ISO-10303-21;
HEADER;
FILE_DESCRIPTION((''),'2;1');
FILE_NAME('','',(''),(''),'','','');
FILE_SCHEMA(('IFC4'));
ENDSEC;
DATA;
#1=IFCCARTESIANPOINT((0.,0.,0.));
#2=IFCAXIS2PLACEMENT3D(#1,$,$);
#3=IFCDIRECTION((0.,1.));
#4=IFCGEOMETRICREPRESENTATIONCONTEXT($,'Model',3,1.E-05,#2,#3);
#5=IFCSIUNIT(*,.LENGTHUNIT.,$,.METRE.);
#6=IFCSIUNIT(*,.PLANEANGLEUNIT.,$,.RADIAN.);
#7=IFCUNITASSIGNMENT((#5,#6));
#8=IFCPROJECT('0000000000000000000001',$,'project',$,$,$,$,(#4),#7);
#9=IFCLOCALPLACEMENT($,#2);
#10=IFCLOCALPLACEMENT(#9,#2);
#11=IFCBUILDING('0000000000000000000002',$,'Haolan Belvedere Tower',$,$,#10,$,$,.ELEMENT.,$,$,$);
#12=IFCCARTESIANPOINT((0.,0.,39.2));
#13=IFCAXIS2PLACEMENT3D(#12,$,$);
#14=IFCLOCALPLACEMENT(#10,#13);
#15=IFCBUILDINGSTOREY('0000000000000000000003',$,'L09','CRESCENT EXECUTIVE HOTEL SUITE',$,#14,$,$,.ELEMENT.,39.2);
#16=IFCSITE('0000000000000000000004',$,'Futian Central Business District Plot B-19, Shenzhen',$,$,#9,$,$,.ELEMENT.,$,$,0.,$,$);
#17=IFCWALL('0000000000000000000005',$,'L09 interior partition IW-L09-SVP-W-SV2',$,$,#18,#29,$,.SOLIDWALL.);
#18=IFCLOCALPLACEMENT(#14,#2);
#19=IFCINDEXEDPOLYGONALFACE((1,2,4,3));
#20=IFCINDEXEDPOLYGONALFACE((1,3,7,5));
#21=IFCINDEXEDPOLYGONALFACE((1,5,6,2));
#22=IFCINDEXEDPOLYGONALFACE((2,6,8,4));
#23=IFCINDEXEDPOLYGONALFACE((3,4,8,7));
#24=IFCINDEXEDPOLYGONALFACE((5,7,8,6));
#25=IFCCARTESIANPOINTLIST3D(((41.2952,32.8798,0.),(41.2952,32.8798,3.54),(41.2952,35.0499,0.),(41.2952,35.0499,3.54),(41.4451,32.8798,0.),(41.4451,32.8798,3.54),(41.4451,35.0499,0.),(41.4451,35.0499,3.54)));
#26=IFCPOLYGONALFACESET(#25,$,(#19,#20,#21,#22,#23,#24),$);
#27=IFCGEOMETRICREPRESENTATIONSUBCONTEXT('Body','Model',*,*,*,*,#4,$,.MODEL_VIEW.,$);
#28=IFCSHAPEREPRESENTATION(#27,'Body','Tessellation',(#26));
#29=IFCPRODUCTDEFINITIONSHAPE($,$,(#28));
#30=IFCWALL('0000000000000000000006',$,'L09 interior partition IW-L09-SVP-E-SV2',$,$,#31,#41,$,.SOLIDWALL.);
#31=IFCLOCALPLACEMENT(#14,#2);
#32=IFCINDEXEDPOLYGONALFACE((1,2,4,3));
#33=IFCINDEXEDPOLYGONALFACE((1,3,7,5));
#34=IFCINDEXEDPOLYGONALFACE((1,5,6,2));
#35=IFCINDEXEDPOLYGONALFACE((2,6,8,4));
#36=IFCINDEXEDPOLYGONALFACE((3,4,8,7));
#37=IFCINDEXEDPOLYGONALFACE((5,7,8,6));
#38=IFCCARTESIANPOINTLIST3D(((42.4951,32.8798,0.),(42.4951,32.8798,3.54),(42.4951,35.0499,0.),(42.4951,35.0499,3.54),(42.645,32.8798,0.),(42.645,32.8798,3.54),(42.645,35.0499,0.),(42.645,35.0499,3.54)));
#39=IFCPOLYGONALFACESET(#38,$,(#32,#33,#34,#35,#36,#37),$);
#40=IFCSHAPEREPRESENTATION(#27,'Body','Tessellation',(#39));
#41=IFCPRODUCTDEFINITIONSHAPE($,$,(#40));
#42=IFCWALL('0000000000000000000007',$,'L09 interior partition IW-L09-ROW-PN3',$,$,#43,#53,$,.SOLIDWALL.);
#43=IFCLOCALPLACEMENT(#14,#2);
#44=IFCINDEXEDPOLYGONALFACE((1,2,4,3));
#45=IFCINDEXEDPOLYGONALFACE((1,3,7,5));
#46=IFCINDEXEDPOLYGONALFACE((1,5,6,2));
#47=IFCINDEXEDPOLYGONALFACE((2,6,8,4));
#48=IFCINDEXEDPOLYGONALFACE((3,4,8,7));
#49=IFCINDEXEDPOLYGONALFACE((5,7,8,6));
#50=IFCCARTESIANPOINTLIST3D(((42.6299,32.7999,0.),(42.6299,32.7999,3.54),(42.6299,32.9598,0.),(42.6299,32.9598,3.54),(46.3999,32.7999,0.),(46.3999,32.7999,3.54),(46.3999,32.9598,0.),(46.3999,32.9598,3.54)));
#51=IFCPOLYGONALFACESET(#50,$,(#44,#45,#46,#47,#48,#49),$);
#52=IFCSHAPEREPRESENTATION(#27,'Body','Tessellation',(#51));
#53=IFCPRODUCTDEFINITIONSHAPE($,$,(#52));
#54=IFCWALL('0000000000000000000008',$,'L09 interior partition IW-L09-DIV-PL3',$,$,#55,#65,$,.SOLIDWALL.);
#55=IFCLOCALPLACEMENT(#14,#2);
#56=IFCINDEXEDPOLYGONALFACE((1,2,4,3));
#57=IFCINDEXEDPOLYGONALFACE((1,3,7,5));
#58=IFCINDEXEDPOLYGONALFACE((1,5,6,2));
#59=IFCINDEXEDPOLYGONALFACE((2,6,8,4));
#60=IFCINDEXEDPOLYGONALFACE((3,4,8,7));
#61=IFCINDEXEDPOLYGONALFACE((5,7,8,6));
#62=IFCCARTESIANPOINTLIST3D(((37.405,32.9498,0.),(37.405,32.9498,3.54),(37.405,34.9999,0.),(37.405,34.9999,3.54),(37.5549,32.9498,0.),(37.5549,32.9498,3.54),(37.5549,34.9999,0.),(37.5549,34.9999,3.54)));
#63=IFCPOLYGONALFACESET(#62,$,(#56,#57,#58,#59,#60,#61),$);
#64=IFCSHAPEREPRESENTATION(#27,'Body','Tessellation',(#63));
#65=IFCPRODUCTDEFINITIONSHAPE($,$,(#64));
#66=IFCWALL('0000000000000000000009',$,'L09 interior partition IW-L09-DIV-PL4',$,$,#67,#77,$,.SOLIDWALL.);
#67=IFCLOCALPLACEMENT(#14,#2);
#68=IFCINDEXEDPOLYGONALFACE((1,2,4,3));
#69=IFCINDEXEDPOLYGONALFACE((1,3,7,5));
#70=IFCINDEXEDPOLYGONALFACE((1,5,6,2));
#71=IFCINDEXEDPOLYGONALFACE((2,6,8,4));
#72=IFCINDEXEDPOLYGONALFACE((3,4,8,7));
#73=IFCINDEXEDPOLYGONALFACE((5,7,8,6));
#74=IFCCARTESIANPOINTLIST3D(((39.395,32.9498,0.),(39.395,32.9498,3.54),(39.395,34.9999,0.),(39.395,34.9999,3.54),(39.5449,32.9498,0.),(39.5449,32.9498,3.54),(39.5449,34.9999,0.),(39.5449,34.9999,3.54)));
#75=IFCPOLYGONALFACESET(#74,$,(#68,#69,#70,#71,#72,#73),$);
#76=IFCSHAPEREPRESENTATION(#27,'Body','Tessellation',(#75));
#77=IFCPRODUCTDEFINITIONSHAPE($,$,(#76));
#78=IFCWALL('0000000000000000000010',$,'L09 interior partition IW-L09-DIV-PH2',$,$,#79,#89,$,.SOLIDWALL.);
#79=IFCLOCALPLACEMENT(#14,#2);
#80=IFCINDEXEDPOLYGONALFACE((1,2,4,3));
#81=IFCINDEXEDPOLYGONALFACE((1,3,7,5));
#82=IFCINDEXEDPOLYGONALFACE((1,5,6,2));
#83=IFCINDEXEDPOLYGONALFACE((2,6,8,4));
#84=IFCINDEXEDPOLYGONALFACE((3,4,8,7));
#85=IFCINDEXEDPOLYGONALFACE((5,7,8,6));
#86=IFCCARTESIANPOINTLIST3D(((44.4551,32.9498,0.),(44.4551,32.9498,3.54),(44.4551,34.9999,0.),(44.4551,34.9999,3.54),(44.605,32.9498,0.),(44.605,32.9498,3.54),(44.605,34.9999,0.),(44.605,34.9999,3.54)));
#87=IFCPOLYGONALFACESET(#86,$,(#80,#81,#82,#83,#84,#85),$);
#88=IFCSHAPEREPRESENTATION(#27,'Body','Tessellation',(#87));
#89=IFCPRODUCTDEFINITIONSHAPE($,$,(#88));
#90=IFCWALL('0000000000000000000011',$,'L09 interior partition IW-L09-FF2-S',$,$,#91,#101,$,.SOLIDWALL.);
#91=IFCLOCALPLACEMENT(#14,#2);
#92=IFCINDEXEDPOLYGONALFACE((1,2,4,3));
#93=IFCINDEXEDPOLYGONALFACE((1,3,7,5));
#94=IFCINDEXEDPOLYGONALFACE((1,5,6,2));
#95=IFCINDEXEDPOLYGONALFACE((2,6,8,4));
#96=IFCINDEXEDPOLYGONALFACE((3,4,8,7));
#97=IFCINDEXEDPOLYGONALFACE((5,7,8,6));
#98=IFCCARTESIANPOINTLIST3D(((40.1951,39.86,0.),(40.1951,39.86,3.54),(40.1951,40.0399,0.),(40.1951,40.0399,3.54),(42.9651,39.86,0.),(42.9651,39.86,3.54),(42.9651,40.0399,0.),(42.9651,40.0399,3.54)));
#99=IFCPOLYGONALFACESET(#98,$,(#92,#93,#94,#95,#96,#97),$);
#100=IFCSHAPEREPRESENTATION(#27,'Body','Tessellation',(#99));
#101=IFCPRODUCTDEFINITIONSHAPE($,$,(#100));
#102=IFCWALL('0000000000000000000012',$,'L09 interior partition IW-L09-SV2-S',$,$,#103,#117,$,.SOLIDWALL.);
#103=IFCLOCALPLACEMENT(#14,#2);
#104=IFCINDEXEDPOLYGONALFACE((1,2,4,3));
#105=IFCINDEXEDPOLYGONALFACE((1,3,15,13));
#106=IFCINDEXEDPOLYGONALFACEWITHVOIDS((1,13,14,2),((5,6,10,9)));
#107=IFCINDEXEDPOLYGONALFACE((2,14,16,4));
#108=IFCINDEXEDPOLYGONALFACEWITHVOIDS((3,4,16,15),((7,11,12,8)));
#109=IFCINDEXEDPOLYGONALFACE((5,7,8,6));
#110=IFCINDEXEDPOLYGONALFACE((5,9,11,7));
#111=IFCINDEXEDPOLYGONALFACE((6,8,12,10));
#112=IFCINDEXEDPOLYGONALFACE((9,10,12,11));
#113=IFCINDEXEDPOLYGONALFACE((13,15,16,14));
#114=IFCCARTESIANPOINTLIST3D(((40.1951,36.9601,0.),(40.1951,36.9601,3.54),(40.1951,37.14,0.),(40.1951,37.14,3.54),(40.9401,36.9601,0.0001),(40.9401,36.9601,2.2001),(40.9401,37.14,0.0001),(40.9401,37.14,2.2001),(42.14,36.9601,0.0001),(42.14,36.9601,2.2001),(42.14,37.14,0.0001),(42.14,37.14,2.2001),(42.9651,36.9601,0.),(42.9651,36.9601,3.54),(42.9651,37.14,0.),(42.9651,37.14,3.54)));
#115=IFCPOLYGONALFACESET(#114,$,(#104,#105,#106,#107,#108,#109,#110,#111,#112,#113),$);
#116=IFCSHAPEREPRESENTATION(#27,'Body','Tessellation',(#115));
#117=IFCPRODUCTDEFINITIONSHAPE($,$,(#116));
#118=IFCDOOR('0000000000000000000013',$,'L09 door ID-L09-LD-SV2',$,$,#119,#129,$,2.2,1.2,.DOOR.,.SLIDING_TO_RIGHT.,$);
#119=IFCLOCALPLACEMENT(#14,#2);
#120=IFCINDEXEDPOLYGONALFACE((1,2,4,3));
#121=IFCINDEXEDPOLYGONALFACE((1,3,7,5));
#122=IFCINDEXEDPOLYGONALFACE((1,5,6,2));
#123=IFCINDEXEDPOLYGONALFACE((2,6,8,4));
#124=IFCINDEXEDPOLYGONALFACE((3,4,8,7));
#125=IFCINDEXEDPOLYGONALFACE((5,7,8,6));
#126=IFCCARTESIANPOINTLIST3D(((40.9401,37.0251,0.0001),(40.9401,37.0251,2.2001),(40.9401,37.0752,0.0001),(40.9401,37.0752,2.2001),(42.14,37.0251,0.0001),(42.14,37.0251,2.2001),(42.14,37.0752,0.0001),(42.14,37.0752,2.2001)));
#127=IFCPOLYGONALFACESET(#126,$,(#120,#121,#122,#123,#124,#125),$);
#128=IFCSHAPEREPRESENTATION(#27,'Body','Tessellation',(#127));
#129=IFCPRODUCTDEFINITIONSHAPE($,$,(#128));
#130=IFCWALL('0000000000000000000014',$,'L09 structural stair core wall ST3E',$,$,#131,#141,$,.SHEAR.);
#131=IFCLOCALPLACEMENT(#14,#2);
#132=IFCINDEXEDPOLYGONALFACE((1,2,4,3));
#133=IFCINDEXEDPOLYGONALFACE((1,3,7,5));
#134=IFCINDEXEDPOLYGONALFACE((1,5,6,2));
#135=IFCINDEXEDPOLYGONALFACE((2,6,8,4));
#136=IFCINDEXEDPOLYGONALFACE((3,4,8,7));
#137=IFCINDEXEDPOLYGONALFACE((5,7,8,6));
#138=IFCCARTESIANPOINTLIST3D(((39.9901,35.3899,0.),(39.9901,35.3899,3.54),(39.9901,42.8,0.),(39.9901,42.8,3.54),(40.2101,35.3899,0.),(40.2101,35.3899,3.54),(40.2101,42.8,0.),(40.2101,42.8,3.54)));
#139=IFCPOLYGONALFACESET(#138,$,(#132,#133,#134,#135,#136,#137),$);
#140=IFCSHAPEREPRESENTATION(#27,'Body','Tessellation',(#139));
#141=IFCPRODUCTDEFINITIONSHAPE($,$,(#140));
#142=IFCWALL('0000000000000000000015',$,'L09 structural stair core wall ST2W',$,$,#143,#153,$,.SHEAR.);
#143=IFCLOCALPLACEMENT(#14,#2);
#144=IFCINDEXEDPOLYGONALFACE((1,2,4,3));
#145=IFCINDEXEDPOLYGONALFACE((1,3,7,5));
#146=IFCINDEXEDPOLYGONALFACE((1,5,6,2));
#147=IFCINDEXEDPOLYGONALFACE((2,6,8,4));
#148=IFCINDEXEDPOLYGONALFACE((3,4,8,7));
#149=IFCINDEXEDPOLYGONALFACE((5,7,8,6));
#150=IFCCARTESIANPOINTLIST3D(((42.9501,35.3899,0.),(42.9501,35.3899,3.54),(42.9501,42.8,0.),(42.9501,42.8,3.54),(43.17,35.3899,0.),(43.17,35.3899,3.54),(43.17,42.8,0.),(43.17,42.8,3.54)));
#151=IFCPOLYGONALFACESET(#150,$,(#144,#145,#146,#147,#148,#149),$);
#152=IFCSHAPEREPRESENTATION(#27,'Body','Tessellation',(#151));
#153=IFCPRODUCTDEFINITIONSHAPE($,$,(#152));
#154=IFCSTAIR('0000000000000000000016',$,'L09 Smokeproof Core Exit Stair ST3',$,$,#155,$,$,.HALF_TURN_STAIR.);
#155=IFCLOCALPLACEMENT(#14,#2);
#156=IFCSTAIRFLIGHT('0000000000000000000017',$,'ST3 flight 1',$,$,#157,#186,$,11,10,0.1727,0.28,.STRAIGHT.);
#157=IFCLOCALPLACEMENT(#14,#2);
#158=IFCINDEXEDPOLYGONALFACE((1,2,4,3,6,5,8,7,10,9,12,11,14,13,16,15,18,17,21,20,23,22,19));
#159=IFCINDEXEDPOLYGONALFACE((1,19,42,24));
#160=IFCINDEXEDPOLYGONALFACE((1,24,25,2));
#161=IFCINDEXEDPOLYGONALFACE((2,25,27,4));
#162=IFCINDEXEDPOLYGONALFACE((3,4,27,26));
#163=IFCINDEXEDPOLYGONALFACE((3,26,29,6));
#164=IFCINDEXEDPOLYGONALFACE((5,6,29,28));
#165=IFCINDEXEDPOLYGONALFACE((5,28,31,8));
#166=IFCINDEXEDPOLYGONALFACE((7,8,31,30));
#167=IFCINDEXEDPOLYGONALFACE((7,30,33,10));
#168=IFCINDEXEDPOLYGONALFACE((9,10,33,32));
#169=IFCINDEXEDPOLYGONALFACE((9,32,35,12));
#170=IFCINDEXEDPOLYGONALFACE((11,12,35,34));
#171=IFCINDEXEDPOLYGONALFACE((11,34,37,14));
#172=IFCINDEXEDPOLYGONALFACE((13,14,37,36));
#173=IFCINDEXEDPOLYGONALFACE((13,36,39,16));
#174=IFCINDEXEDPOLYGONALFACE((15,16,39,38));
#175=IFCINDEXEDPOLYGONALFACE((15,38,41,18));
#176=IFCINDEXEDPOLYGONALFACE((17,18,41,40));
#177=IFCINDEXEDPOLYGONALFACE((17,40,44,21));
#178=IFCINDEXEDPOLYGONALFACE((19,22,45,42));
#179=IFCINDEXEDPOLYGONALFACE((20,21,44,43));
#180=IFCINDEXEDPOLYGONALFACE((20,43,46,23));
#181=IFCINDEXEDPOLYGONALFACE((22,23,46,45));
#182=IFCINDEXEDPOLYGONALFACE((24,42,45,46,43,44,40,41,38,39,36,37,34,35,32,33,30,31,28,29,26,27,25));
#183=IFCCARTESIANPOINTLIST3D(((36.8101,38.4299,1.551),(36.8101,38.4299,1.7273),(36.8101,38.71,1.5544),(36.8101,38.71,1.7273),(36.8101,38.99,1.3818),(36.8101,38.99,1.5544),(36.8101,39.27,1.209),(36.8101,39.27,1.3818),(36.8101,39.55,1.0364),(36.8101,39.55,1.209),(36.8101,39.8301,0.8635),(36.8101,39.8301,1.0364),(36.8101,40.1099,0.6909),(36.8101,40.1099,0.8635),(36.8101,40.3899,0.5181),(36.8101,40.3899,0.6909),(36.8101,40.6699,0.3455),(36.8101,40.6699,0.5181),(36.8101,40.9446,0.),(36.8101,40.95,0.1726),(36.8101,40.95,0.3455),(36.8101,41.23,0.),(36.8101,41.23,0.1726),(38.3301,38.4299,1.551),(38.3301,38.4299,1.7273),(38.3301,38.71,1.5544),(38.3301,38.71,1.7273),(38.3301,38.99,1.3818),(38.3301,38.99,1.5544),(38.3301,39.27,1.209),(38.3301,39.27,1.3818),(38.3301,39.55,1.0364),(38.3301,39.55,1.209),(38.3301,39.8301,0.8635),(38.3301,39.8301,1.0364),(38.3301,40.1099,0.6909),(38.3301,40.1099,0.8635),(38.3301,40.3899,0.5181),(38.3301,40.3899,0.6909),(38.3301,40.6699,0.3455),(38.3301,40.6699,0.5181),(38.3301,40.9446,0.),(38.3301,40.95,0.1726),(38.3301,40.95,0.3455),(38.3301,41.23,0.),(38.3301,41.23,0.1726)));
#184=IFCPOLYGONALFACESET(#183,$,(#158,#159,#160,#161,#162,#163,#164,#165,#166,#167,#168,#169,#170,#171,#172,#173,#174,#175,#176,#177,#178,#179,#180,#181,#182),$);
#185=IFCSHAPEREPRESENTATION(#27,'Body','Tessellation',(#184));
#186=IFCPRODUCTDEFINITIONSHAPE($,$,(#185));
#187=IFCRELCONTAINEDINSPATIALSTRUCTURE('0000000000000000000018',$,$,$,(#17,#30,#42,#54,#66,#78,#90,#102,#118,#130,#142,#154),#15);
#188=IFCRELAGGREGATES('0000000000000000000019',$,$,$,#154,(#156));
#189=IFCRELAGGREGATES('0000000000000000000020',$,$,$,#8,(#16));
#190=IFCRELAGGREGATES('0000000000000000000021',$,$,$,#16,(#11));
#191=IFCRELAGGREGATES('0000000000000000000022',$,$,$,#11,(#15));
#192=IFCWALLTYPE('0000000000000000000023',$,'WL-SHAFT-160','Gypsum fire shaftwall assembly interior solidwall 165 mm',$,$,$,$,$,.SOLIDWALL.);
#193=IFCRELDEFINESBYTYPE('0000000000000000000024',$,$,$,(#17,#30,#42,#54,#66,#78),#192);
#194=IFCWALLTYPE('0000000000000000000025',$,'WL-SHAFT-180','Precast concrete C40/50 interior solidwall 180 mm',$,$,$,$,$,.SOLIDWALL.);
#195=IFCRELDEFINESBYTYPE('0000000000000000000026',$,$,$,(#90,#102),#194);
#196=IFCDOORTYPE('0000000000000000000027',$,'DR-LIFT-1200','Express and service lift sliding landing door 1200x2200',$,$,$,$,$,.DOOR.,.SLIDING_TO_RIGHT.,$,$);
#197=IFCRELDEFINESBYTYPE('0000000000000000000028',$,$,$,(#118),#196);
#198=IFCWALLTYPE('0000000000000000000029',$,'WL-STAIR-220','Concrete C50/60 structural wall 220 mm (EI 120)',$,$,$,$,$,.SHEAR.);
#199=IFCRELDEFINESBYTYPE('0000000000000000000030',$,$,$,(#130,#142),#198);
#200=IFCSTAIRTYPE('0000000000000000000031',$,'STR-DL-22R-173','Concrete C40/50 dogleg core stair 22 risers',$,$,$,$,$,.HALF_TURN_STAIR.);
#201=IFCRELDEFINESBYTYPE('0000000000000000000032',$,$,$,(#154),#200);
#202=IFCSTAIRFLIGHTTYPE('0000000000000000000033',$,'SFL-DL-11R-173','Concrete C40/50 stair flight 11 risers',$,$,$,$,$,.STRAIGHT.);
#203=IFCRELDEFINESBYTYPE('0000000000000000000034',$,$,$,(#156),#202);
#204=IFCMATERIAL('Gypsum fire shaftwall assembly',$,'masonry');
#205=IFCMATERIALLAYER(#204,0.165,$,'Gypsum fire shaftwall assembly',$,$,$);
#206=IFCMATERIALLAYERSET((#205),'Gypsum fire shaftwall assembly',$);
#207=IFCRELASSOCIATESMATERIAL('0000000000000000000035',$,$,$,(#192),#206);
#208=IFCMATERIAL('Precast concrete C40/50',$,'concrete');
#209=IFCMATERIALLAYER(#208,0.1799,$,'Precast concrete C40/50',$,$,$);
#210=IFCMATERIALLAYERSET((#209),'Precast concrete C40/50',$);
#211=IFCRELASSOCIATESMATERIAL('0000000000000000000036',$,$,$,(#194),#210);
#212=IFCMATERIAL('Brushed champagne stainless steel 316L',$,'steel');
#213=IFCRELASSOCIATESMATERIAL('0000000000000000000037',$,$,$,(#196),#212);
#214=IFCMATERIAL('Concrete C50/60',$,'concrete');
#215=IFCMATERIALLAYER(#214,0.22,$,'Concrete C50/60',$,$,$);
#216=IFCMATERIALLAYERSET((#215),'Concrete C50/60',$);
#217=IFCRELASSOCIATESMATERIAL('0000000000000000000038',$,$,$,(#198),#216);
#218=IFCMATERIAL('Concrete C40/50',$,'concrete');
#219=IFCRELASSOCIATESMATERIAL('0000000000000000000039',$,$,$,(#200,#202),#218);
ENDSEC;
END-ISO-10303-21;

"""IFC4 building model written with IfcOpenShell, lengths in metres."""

from ifc_helpers import new_model, si_unit, direction, frame, frame_2d, origin, place, context, subcontext, project, spatial, polyline, rectangle, outline, extrude, material, layer, layer_set, type_object, element, fill, aggregate, save


model = new_model("IFC4")

# Units and contexts
model_context = context("Model", 3, precision=1e-05, world=origin(), true_north=direction((0.0, 1.0)))
body_context = subcontext(model_context, "Body", "Model", "MODEL_VIEW")
ifc_project = project(units=[si_unit("LENGTHUNIT", "METRE"), si_unit("PLANEANGLEUNIT", "RADIAN")], contexts=[model_context])

# Site, building, storey
site_placement = place(None, origin())
site = spatial("IfcSite", under=ifc_project, at=site_placement, Name="Futian Central Business District Plot B-19, Shenzhen", CompositionType="ELEMENT", RefElevation=0.0)
building_placement = place(site_placement, origin())
building = spatial("IfcBuilding", under=site, at=building_placement, Name="Haolan Belvedere Tower", CompositionType="ELEMENT")
storey_placement = place(building_placement, frame((0.0, 0.0, 39.2)))
storey = spatial("IfcBuildingStorey", under=building, at=storey_placement, Name="L09", Description="CRESCENT EXECUTIVE HOTEL SUITE", CompositionType="ELEMENT", Elevation=39.2)

# Walls
ifc_material_1 = material(Name="Gypsum fire shaftwall assembly", Category="masonry")
ifc_layer_1 = layer(ifc_material_1, 0.165, Name="Gypsum fire shaftwall assembly")
ifc_layer_set_1 = layer_set([ifc_layer_1], Name="Gypsum fire shaftwall assembly")
wall_type_1 = type_object("IfcWallType", Name="WL-SHAFT-160", Description="Gypsum fire shaftwall assembly interior solidwall 165 mm", PredefinedType="SOLIDWALL", material=ifc_layer_set_1)
for number, where, z_axis, x_axis, name in (
    (1, (41.3701, 32.8799, 0.0), (0.0, 0.0, 1.0), (0.0, 1.0, 0.0), "L09 interior partition IW-L09-SVP-W-SV2"),
    (2, (42.5701, 32.8799, 0.0), (0.0, 0.0, 1.0), (0.0, 1.0, 0.0), "L09 interior partition IW-L09-SVP-E-SV2"),
):
    element("IfcWall", number, at=place(storey_placement, frame(where, z_axis=z_axis, x_axis=x_axis)), inside=storey, type_object=wall_type_1, Name=name, PredefinedType="SOLIDWALL", context=body_context, shape_type="SweptSolid", body=[
        extrude(rectangle(XDim=2.1702, YDim=0.1499, at=frame_2d((1.085, 0.0))), origin(), (0.0, 0.0, 1.0), 3.54),
    ])
wall_1_placement = place(storey_placement, frame((42.6299, 32.8799, 0.0), z_axis=(0.0, 0.0, 1.0), x_axis=(1.0, 0.0, 0.0)))
element("IfcWall", 3, at=wall_1_placement, inside=storey, type_object=wall_type_1, Name="L09 interior partition IW-L09-ROW-PN3", PredefinedType="SOLIDWALL", context=body_context, shape_type="SweptSolid", body=[
    extrude(rectangle(XDim=3.77, YDim=0.1599, at=frame_2d((1.885, 0.0))), origin(), (0.0, 0.0, 1.0), 3.54),
])
for number, where, z_axis, x_axis, name in (
    (4, (37.48, 32.95, 0.0), (0.0, 0.0, 1.0), (0.0, 1.0, 0.0), "L09 interior partition IW-L09-DIV-PL3"),
    (5, (39.47, 32.95, 0.0), (0.0, 0.0, 1.0), (0.0, 1.0, 0.0), "L09 interior partition IW-L09-DIV-PL4"),
    (6, (44.53, 32.95, 0.0), (0.0, 0.0, 1.0), (0.0, 1.0, 0.0), "L09 interior partition IW-L09-DIV-PH2"),
):
    element("IfcWall", number, at=place(storey_placement, frame(where, z_axis=z_axis, x_axis=x_axis)), inside=storey, type_object=wall_type_1, Name=name, PredefinedType="SOLIDWALL", context=body_context, shape_type="SweptSolid", body=[
        extrude(rectangle(XDim=2.05, YDim=0.1499, at=frame_2d((1.0249, 0.0))), origin(), (0.0, 0.0, 1.0), 3.54),
    ])
ifc_material_2 = material(Name="Precast concrete C40/50", Category="concrete")
ifc_layer_2 = layer(ifc_material_2, 0.1799, Name="Precast concrete C40/50")
ifc_layer_set_2 = layer_set([ifc_layer_2], Name="Precast concrete C40/50")
wall_type_2 = type_object("IfcWallType", Name="WL-SHAFT-180", Description="Precast concrete C40/50 interior solidwall 180 mm", PredefinedType="SOLIDWALL", material=ifc_layer_set_2)
wall_2_placement = place(storey_placement, frame((40.1951, 39.95, 0.0), z_axis=(0.0, 0.0, 1.0), x_axis=(1.0, 0.0, 0.0)))
element("IfcWall", 7, at=wall_2_placement, inside=storey, type_object=wall_type_2, Name="L09 interior partition IW-L09-FF2-S", PredefinedType="SOLIDWALL", context=body_context, shape_type="SweptSolid", body=[
    extrude(rectangle(XDim=2.77, YDim=0.1799, at=frame_2d((1.385, 0.0))), origin(), (0.0, 0.0, 1.0), 3.54),
])

# Wall, opening, door
wall_3_placement = place(storey_placement, frame((40.1951, 37.05, 0.0), z_axis=(0.0, 0.0, 1.0), x_axis=(1.0, 0.0, 0.0)))
wall_3 = element("IfcWall", 8, at=wall_3_placement, inside=storey, type_object=wall_type_2, Name="L09 interior partition IW-L09-SV2-S", PredefinedType="SOLIDWALL", context=body_context, shape_type="SweptSolid", body=[
    extrude(rectangle(XDim=2.77, YDim=0.1799, at=frame_2d((1.385, 0.0))), origin(), (0.0, 0.0, 1.0), 3.54),
])
opening_placement = place(wall_3_placement, frame((1.9451, 0.0, 0.0), z_axis=(0.0, 0.0, 1.0), x_axis=(-1.0, 0.0, 0.0)))
opening = element("IfcOpeningElement", 9, at=opening_placement, cuts=wall_3, PredefinedType="OPENING", context=body_context, shape_type="SweptSolid", body=[
    extrude(rectangle(XDim=1.2, YDim=2.2, at=frame_2d((0.6001, 1.1001))), frame((0.0, 0.0999, 0.0), z_axis=(0.0, -1.0, 0.0), x_axis=(1.0, 0.0, 0.0)), (0.0, 0.0, 1.0), 0.2),
])
ifc_material_3 = material(Name="Brushed champagne stainless steel 316L", Category="steel")
door_type = type_object("IfcDoorType", Name="DR-LIFT-1200", Description="Express and service lift sliding landing door 1200x2200", OperationType="SLIDING_TO_RIGHT", PredefinedType="DOOR", material=ifc_material_3)
door_placement = place(opening_placement, origin())
door = element("IfcDoor", 10, at=door_placement, inside=storey, type_object=door_type, Name="L09 door ID-L09-LD-SV2", OperationType="SLIDING_TO_RIGHT", OverallHeight=2.2, OverallWidth=1.2, PredefinedType="DOOR", context=body_context, shape_type="SweptSolid", body=[
    extrude(rectangle(XDim=1.2, YDim=2.2, at=frame_2d((0.6001, 1.1001))), frame((0.0, 0.0249, 0.0), z_axis=(0.0, -1.0, 0.0), x_axis=(1.0, 0.0, 0.0)), (0.0, 0.0, 1.0), 0.05),
])
fill(opening, door)

# Walls
ifc_material_4 = material(Name="Concrete C50/60", Category="concrete")
ifc_layer_3 = layer(ifc_material_4, 0.22, Name="Concrete C50/60")
ifc_layer_set_3 = layer_set([ifc_layer_3], Name="Concrete C50/60")
wall_type_3 = type_object("IfcWallType", Name="WL-STAIR-220", Description="Concrete C50/60 structural wall 220 mm (EI 120)", PredefinedType="SHEAR", material=ifc_layer_set_3)
for number, where, z_axis, x_axis, name in (
    (11, (40.1001, 35.3899, 0.0), (0.0, 0.0, 1.0), (0.0, 1.0, 0.0), "L09 structural stair core wall ST3E"),
    (12, (43.0601, 35.3899, 0.0), (0.0, 0.0, 1.0), (0.0, 1.0, 0.0), "L09 structural stair core wall ST2W"),
):
    element("IfcWall", number, at=place(storey_placement, frame(where, z_axis=z_axis, x_axis=x_axis)), inside=storey, type_object=wall_type_3, Name=name, PredefinedType="SHEAR", context=body_context, shape_type="SweptSolid", body=[
        extrude(rectangle(XDim=7.4102, YDim=0.22, at=frame_2d((3.7051, 0.0))), origin(), (0.0, 0.0, 1.0), 3.54),
    ])

# Stair, stair flight
ifc_material_5 = material(Name="Concrete C40/50", Category="concrete")
stair_type = type_object("IfcStairType", Name="STR-DL-22R-173", Description="Concrete C40/50 dogleg core stair 22 risers", PredefinedType="HALF_TURN_STAIR", material=ifc_material_5)
stair_1_placement = place(storey_placement, origin())
stair_1 = element("IfcStair", 13, at=stair_1_placement, inside=storey, type_object=stair_type, Name="L09 Smokeproof Core Exit Stair ST3", PredefinedType="HALF_TURN_STAIR")
stair_flight_type = type_object("IfcStairFlightType", Name="SFL-DL-11R-173", Description="Concrete C40/50 stair flight 11 risers", PredefinedType="STRAIGHT", material=ifc_material_5)
stair_flight_1_placement = place(storey_placement, frame((37.5701, 41.23, 0.0), z_axis=(0.0, 0.0, 1.0), x_axis=(0.0, -1.0, 0.0)))
stair_flight_1 = element("IfcStairFlight", 14, at=stair_flight_1_placement, type_object=stair_flight_type, Name="ST3 flight 1", NumberOfRisers=11, NumberOfTreads=10, PredefinedType="STRAIGHT", RiserHeight=0.1727, TreadLength=0.28, context=body_context, shape_type="SweptSolid", body=[
    extrude(outline(polyline([(0.0, 0.0), (0.0, 0.1726), (0.28, 0.1726), (0.28, 0.3455), (0.5601, 0.3455), (0.5601, 0.5181), (0.8401, 0.5181), (0.8401, 0.6909), (1.1201, 0.6909), (1.1201, 0.8635), (1.3999, 0.8635), (1.3999, 1.0364), (1.6799, 1.0364), (1.6799, 1.209), (1.96, 1.209), (1.96, 1.3818), (2.24, 1.3818), (2.24, 1.5544), (2.52, 1.5544), (2.52, 1.7273), (2.8, 1.7273), (2.8, 1.8999), (2.8, 1.551), (0.2854, 0.0), (0.0, 0.0)])), frame((0.0, 0.76, 0.0), z_axis=(0.0, -1.0, 0.0), x_axis=(1.0, 0.0, 0.0)), (0.0, 0.0, 1.0), 1.52),
])
aggregate(stair_1, [stair_flight_1])

save(model, "model.ifc")
